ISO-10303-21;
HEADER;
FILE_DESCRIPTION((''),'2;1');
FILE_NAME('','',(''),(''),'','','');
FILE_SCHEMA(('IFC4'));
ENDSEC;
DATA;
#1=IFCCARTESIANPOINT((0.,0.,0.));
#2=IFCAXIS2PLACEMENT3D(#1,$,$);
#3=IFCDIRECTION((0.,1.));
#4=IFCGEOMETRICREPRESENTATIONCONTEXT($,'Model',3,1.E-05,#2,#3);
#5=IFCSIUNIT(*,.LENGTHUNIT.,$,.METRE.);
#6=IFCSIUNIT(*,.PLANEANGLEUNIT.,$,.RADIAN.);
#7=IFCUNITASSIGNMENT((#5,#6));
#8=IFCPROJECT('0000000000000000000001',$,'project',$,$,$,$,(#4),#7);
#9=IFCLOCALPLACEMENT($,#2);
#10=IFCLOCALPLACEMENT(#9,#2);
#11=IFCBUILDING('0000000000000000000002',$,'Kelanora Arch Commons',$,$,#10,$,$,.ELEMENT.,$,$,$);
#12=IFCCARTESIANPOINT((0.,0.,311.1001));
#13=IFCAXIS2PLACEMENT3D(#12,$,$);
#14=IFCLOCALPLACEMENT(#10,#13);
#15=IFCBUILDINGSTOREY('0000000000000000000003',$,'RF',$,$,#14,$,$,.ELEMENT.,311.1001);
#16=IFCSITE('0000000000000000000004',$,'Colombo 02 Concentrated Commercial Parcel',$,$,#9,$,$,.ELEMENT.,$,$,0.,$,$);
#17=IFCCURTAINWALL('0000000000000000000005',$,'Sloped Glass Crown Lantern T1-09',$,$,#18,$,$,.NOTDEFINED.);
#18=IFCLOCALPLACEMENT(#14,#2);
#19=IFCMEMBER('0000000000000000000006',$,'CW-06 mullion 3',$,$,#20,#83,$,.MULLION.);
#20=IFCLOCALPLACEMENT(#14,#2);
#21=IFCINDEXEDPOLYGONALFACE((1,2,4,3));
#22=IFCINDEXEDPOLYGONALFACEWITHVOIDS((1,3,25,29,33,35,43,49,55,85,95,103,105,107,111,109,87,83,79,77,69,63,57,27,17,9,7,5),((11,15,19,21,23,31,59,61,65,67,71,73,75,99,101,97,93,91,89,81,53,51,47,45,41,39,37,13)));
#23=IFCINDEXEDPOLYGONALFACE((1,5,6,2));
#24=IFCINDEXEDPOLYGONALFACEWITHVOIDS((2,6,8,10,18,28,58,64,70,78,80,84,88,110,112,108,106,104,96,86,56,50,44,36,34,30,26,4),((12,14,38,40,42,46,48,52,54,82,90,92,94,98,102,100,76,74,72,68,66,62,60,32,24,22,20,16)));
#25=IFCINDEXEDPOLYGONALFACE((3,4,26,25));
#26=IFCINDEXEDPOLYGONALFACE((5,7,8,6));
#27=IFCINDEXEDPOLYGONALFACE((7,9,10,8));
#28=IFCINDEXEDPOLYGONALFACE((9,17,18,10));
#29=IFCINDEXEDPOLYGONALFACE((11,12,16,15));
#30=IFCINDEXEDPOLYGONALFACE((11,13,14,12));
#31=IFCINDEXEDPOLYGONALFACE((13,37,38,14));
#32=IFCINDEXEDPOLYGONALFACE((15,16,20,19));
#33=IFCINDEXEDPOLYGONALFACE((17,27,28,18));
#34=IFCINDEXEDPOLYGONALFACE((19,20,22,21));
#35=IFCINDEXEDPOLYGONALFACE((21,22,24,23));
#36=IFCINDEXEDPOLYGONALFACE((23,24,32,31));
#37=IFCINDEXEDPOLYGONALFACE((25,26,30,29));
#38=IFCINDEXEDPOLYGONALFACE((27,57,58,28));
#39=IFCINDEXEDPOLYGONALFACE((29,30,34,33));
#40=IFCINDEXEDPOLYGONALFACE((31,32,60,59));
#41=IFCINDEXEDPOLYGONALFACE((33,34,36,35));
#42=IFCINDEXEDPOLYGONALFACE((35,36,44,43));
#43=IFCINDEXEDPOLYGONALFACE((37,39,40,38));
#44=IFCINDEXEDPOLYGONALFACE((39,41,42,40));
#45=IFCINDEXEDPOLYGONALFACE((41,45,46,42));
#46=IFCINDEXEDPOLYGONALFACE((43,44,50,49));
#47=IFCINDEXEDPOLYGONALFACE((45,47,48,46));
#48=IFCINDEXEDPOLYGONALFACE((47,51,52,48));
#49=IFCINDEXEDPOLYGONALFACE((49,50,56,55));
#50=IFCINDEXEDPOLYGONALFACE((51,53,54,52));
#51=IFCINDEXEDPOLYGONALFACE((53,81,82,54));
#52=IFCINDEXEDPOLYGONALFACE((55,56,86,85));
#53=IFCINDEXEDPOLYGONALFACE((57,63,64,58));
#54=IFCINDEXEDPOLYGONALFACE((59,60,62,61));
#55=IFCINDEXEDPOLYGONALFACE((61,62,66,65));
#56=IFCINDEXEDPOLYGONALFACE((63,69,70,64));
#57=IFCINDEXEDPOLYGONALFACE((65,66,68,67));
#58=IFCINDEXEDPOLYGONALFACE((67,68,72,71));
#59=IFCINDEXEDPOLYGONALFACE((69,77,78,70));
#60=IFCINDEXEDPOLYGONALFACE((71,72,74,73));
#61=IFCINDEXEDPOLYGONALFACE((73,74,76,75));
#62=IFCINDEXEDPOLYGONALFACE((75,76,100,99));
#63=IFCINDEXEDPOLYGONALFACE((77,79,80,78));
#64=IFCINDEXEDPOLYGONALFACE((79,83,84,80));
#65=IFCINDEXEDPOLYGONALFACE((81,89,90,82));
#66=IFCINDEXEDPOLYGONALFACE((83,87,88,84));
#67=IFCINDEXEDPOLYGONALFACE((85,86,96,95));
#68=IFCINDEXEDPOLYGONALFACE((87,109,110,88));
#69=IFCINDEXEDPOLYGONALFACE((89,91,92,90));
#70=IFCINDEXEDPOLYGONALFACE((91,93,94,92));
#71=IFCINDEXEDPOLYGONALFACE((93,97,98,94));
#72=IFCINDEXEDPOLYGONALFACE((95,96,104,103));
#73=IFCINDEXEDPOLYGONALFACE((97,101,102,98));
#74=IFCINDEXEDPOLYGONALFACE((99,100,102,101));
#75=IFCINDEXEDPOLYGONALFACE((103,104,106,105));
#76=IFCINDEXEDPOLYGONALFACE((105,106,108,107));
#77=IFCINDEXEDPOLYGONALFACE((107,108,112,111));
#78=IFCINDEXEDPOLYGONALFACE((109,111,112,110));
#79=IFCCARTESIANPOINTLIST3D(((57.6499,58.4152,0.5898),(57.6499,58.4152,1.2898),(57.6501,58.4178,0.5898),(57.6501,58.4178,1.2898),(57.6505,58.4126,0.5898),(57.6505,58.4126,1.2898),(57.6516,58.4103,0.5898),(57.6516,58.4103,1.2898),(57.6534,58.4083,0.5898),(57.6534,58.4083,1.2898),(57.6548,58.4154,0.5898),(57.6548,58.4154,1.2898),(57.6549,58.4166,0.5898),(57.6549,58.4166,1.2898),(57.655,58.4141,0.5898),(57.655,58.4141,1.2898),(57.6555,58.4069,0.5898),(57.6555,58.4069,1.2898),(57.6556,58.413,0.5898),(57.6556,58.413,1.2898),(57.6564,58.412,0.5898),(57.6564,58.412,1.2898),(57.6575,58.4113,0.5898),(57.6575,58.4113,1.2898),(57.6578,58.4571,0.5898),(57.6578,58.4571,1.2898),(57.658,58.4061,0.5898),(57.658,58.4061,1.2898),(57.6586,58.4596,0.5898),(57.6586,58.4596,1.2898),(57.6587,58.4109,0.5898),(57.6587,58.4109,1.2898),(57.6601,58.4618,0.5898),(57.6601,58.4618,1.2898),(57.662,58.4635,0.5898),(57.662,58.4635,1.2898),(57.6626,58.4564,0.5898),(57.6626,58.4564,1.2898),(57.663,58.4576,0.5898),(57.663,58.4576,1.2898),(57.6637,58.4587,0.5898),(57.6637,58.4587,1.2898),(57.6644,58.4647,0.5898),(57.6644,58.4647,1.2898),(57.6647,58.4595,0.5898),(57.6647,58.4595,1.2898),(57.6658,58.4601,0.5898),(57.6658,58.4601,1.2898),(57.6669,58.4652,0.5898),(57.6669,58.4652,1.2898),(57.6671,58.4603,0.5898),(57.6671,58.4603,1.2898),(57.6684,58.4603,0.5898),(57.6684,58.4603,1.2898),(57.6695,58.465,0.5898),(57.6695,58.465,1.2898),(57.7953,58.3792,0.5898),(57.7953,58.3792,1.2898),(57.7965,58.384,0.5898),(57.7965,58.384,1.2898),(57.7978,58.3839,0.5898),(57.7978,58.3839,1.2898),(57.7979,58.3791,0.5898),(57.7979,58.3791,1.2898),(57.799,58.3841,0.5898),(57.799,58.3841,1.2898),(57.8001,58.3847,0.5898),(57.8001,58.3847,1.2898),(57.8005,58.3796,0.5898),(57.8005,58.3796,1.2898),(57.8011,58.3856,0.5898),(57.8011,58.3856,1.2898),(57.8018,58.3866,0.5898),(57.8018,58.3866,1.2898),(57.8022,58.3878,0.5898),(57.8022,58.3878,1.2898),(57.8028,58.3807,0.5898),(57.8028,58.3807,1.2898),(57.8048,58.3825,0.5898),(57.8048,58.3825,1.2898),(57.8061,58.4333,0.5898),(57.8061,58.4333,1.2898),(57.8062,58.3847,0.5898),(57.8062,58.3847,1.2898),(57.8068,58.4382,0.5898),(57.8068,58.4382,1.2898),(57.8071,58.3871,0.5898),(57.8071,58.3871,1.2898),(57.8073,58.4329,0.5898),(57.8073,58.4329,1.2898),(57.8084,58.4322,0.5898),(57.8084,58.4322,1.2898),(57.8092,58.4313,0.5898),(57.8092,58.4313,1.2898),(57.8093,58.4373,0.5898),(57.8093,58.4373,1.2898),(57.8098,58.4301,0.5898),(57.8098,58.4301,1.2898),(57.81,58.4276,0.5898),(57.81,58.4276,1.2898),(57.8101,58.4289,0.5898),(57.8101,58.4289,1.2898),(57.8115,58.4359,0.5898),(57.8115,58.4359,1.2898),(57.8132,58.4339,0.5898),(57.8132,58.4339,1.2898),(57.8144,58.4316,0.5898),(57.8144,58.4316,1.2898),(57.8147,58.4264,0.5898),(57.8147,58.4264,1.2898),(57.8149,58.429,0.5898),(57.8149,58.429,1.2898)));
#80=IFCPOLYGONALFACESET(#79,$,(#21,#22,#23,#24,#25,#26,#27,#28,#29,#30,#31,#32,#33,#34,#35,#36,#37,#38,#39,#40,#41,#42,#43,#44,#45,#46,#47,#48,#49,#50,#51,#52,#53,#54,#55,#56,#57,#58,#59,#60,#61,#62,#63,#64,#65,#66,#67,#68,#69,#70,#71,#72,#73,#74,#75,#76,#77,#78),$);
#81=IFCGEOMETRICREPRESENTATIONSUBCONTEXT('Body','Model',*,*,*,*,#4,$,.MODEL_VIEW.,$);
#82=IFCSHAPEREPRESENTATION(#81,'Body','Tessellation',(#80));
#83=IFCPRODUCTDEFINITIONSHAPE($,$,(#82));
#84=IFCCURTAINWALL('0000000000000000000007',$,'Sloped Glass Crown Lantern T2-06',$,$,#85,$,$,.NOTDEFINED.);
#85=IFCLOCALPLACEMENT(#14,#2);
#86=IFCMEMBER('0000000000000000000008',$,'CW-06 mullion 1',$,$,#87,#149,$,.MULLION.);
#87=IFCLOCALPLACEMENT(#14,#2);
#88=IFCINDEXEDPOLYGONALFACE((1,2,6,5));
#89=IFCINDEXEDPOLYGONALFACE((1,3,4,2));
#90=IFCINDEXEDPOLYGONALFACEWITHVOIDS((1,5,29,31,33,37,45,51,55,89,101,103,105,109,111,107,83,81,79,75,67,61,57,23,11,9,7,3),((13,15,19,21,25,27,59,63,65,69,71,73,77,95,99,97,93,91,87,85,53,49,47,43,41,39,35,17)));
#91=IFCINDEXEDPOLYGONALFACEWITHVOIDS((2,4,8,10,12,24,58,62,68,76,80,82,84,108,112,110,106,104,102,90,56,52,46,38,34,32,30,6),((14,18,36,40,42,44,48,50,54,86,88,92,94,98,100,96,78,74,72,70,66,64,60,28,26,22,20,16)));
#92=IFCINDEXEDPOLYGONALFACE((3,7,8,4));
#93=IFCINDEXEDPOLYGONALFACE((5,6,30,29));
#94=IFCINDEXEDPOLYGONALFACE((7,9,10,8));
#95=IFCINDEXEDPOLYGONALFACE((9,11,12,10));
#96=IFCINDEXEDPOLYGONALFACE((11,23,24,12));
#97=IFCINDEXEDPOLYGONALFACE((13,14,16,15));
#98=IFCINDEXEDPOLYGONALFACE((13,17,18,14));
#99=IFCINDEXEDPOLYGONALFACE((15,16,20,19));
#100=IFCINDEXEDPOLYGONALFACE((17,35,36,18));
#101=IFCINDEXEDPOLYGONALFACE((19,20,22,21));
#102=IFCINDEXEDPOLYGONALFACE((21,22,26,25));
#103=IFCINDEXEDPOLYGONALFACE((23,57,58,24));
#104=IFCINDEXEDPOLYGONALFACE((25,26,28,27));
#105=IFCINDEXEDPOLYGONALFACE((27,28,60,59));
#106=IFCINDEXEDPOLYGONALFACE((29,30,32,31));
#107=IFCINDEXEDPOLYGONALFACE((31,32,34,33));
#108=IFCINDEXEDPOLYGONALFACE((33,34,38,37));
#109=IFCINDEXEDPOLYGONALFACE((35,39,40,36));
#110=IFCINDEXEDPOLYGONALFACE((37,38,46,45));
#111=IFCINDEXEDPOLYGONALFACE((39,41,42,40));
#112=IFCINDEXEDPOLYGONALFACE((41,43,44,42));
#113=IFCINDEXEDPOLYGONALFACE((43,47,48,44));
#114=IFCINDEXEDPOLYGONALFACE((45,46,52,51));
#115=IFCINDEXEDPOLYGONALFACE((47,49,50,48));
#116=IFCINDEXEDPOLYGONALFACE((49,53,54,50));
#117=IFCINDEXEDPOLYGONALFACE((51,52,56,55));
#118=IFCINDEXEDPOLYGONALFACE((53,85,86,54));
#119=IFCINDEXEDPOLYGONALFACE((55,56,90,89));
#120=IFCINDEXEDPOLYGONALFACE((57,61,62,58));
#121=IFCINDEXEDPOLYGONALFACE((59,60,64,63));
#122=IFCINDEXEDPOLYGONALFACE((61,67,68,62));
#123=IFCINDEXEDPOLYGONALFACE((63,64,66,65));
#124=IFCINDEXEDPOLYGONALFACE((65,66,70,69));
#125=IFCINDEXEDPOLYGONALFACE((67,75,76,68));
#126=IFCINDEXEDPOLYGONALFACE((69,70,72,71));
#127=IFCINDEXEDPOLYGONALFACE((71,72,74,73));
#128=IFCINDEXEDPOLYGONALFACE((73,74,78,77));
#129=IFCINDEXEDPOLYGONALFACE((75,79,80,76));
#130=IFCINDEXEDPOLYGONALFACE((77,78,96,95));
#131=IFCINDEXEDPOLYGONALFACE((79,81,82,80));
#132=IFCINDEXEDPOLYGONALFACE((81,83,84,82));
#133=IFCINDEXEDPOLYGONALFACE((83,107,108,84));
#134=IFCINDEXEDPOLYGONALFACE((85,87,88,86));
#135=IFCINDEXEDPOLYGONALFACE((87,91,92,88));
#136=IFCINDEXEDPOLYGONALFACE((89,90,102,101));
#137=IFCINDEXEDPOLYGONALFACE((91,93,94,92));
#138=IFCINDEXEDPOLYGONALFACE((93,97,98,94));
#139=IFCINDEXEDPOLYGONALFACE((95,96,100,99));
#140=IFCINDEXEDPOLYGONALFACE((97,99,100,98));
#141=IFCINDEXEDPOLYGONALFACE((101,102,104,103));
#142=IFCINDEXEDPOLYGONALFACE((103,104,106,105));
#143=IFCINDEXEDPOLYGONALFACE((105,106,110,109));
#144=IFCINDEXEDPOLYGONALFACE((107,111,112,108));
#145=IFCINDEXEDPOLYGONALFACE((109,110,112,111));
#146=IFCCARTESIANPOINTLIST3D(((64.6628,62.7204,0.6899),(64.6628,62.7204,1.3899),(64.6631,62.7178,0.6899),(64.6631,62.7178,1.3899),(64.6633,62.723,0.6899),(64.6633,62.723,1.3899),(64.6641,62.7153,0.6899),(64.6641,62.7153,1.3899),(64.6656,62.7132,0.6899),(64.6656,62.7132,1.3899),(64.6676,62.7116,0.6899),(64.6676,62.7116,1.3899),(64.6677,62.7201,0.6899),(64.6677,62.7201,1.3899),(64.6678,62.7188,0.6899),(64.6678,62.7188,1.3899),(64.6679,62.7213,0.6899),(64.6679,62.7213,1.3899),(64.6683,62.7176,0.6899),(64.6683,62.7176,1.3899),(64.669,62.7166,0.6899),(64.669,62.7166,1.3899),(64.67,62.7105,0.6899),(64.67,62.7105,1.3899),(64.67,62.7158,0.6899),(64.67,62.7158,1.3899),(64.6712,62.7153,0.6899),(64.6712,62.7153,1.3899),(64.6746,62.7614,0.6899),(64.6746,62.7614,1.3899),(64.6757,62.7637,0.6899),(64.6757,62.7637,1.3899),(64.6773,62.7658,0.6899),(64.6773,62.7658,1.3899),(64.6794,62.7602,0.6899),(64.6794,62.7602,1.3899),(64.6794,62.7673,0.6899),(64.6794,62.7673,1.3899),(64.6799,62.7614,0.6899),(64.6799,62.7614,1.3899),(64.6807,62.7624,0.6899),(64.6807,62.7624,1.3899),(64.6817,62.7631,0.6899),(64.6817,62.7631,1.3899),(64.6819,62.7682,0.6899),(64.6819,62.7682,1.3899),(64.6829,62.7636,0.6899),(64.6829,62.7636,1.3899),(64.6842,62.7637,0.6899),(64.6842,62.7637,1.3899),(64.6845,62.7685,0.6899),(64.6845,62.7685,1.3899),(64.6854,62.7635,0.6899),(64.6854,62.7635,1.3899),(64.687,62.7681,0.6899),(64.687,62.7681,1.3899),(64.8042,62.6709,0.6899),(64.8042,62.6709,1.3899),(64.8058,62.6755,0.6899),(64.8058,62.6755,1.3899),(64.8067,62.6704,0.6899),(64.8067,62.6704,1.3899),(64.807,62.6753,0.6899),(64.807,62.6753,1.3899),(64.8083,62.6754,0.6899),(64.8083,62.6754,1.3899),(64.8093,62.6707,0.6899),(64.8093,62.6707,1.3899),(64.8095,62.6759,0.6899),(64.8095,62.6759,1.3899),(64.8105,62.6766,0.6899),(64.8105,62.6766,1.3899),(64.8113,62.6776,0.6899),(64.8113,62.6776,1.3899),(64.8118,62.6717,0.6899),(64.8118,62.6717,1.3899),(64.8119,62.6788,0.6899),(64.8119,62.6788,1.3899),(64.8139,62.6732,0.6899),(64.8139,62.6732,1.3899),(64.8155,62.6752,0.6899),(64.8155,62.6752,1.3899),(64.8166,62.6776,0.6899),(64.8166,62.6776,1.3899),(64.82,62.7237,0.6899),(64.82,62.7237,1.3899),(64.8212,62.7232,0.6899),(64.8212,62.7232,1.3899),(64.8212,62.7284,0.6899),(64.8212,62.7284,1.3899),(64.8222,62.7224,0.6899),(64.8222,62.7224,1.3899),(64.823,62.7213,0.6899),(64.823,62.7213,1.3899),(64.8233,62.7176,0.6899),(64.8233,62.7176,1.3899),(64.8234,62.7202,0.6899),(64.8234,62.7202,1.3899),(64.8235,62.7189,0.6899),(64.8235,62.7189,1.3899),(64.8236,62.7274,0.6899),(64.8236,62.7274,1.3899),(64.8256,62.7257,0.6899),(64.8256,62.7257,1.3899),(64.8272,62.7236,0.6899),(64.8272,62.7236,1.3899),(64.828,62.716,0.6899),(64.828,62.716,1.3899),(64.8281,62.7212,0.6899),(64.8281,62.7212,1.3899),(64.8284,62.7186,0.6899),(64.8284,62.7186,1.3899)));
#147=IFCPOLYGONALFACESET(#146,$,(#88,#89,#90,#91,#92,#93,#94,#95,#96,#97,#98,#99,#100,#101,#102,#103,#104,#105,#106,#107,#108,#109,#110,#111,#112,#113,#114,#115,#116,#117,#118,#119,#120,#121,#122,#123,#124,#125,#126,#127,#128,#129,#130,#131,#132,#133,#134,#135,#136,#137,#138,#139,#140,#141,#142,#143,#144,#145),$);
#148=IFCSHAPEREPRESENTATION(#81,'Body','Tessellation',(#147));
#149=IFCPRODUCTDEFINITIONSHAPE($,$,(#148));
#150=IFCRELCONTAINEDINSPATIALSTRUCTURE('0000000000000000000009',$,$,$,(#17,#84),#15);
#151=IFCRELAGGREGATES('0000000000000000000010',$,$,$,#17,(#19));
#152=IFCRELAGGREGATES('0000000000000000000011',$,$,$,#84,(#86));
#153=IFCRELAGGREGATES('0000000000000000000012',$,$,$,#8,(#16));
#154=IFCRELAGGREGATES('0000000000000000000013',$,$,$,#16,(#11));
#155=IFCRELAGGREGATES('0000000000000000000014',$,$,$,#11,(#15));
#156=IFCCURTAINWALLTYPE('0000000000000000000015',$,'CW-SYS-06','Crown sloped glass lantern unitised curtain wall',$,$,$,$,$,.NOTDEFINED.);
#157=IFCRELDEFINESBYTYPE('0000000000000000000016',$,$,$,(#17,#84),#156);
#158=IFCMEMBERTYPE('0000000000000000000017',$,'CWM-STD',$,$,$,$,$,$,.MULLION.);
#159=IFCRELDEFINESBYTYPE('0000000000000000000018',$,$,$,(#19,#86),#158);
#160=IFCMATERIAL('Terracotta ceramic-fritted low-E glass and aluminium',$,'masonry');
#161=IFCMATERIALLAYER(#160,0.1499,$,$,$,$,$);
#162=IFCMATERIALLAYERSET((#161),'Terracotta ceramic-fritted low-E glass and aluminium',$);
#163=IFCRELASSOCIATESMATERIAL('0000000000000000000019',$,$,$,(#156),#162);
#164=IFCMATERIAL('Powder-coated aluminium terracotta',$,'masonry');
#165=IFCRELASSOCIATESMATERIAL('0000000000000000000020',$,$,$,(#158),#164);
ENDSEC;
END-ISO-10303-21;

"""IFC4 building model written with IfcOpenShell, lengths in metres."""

from ifc_helpers import new_model, si_unit, direction, frame, origin, origin_2d, place, context, subcontext, project, spatial, hollow_rectangle, extrude, material, layer, layer_set, material_profile, profile_set, type_object, element, aggregate, save


model = new_model("IFC4")

# Units and contexts
model_context = context("Model", 3, precision=1e-05, world=origin(), true_north=direction((0.0, 1.0)))
body_context = subcontext(model_context, "Body", "Model", "MODEL_VIEW")
ifc_project = project(units=[si_unit("LENGTHUNIT", "METRE"), si_unit("PLANEANGLEUNIT", "RADIAN")], contexts=[model_context])

# Site, building, storey
site_placement = place(None, origin())
site = spatial("IfcSite", under=ifc_project, at=site_placement, Name="Colombo 02 Concentrated Commercial Parcel", CompositionType="ELEMENT", RefElevation=0.0)
building_placement = place(site_placement, origin())
building = spatial("IfcBuilding", under=site, at=building_placement, Name="Kelanora Arch Commons", CompositionType="ELEMENT")
storey_placement = place(building_placement, frame((0.0, 0.0, 311.1001)))
storey = spatial("IfcBuildingStorey", under=building, at=storey_placement, Name="RF", CompositionType="ELEMENT", Elevation=311.1001)

# Curtain walls, members
ifc_material_1 = material(Name="Terracotta ceramic-fritted low-E glass and aluminium", Category="masonry")
ifc_layer_1 = layer(ifc_material_1, 0.1499)
ifc_layer_set_1 = layer_set([ifc_layer_1], Name="Terracotta ceramic-fritted low-E glass and aluminium")
curtain_wall_type = type_object("IfcCurtainWallType", Name="CW-SYS-06", Description="Crown sloped glass lantern unitised curtain wall", PredefinedType="NOTDEFINED", material=ifc_layer_set_1)
curtain_wall_1_placement = place(storey_placement, origin())
curtain_wall_1 = element("IfcCurtainWall", 1, at=curtain_wall_1_placement, inside=storey, type_object=curtain_wall_type, Name="Sloped Glass Crown Lantern T1-09", PredefinedType="NOTDEFINED")
ifc_material_2 = material(Name="Powder-coated aluminium terracotta", Category="masonry")
ifc_material_profile_1 = material_profile(ifc_material_2, hollow_rectangle(XDim=0.1599, YDim=0.0601, WallThickness=0.0049, InnerFilletRadius=0.0049, OuterFilletRadius=0.01, at=origin_2d()), Name="CWM160x60")
ifc_profile_set_1 = profile_set([ifc_material_profile_1], Name="Powder-coated aluminium terracotta")
member_type_1 = type_object("IfcMemberType", Name="CWM-STD", PredefinedType="MULLION", material=ifc_profile_set_1)
member_1_placement = place(storey_placement, frame((57.7324, 58.4221, 0.5898), z_axis=(0.0, 0.0, 1.0), x_axis=(0.981427, -0.191834, 0.0)))
member_1 = element("IfcMember", 2, at=member_1_placement, type_object=member_type_1, Name="CW-06 mullion 3", PredefinedType="MULLION", context=body_context, shape_type="SweptSolid", body=[
    extrude(hollow_rectangle(XDim=0.1599, YDim=0.0601, WallThickness=0.0049, InnerFilletRadius=0.0049, OuterFilletRadius=0.01, at=origin_2d()), origin(), (0.0, 0.0, 1.0), 0.7),
])
curtain_wall_2_placement = place(storey_placement, origin())
curtain_wall_2 = element("IfcCurtainWall", 3, at=curtain_wall_2_placement, inside=storey, type_object=curtain_wall_type, Name="Sloped Glass Crown Lantern T2-06", PredefinedType="NOTDEFINED")
member_2_placement = place(storey_placement, frame((64.7456, 62.7195, 0.6899), z_axis=(0.0, 0.0, 1.0), x_axis=(0.958953, -0.283564, 0.0)))
member_2 = element("IfcMember", 4, at=member_2_placement, type_object=member_type_1, Name="CW-06 mullion 1", PredefinedType="MULLION", context=body_context, shape_type="SweptSolid", body=[
    extrude(hollow_rectangle(XDim=0.1599, YDim=0.0601, WallThickness=0.0049, InnerFilletRadius=0.0049, OuterFilletRadius=0.01, at=origin_2d()), origin(), (0.0, 0.0, 1.0), 0.7),
])

aggregate(curtain_wall_1, [member_1])
aggregate(curtain_wall_2, [member_2])

save(model, "model.ifc")
